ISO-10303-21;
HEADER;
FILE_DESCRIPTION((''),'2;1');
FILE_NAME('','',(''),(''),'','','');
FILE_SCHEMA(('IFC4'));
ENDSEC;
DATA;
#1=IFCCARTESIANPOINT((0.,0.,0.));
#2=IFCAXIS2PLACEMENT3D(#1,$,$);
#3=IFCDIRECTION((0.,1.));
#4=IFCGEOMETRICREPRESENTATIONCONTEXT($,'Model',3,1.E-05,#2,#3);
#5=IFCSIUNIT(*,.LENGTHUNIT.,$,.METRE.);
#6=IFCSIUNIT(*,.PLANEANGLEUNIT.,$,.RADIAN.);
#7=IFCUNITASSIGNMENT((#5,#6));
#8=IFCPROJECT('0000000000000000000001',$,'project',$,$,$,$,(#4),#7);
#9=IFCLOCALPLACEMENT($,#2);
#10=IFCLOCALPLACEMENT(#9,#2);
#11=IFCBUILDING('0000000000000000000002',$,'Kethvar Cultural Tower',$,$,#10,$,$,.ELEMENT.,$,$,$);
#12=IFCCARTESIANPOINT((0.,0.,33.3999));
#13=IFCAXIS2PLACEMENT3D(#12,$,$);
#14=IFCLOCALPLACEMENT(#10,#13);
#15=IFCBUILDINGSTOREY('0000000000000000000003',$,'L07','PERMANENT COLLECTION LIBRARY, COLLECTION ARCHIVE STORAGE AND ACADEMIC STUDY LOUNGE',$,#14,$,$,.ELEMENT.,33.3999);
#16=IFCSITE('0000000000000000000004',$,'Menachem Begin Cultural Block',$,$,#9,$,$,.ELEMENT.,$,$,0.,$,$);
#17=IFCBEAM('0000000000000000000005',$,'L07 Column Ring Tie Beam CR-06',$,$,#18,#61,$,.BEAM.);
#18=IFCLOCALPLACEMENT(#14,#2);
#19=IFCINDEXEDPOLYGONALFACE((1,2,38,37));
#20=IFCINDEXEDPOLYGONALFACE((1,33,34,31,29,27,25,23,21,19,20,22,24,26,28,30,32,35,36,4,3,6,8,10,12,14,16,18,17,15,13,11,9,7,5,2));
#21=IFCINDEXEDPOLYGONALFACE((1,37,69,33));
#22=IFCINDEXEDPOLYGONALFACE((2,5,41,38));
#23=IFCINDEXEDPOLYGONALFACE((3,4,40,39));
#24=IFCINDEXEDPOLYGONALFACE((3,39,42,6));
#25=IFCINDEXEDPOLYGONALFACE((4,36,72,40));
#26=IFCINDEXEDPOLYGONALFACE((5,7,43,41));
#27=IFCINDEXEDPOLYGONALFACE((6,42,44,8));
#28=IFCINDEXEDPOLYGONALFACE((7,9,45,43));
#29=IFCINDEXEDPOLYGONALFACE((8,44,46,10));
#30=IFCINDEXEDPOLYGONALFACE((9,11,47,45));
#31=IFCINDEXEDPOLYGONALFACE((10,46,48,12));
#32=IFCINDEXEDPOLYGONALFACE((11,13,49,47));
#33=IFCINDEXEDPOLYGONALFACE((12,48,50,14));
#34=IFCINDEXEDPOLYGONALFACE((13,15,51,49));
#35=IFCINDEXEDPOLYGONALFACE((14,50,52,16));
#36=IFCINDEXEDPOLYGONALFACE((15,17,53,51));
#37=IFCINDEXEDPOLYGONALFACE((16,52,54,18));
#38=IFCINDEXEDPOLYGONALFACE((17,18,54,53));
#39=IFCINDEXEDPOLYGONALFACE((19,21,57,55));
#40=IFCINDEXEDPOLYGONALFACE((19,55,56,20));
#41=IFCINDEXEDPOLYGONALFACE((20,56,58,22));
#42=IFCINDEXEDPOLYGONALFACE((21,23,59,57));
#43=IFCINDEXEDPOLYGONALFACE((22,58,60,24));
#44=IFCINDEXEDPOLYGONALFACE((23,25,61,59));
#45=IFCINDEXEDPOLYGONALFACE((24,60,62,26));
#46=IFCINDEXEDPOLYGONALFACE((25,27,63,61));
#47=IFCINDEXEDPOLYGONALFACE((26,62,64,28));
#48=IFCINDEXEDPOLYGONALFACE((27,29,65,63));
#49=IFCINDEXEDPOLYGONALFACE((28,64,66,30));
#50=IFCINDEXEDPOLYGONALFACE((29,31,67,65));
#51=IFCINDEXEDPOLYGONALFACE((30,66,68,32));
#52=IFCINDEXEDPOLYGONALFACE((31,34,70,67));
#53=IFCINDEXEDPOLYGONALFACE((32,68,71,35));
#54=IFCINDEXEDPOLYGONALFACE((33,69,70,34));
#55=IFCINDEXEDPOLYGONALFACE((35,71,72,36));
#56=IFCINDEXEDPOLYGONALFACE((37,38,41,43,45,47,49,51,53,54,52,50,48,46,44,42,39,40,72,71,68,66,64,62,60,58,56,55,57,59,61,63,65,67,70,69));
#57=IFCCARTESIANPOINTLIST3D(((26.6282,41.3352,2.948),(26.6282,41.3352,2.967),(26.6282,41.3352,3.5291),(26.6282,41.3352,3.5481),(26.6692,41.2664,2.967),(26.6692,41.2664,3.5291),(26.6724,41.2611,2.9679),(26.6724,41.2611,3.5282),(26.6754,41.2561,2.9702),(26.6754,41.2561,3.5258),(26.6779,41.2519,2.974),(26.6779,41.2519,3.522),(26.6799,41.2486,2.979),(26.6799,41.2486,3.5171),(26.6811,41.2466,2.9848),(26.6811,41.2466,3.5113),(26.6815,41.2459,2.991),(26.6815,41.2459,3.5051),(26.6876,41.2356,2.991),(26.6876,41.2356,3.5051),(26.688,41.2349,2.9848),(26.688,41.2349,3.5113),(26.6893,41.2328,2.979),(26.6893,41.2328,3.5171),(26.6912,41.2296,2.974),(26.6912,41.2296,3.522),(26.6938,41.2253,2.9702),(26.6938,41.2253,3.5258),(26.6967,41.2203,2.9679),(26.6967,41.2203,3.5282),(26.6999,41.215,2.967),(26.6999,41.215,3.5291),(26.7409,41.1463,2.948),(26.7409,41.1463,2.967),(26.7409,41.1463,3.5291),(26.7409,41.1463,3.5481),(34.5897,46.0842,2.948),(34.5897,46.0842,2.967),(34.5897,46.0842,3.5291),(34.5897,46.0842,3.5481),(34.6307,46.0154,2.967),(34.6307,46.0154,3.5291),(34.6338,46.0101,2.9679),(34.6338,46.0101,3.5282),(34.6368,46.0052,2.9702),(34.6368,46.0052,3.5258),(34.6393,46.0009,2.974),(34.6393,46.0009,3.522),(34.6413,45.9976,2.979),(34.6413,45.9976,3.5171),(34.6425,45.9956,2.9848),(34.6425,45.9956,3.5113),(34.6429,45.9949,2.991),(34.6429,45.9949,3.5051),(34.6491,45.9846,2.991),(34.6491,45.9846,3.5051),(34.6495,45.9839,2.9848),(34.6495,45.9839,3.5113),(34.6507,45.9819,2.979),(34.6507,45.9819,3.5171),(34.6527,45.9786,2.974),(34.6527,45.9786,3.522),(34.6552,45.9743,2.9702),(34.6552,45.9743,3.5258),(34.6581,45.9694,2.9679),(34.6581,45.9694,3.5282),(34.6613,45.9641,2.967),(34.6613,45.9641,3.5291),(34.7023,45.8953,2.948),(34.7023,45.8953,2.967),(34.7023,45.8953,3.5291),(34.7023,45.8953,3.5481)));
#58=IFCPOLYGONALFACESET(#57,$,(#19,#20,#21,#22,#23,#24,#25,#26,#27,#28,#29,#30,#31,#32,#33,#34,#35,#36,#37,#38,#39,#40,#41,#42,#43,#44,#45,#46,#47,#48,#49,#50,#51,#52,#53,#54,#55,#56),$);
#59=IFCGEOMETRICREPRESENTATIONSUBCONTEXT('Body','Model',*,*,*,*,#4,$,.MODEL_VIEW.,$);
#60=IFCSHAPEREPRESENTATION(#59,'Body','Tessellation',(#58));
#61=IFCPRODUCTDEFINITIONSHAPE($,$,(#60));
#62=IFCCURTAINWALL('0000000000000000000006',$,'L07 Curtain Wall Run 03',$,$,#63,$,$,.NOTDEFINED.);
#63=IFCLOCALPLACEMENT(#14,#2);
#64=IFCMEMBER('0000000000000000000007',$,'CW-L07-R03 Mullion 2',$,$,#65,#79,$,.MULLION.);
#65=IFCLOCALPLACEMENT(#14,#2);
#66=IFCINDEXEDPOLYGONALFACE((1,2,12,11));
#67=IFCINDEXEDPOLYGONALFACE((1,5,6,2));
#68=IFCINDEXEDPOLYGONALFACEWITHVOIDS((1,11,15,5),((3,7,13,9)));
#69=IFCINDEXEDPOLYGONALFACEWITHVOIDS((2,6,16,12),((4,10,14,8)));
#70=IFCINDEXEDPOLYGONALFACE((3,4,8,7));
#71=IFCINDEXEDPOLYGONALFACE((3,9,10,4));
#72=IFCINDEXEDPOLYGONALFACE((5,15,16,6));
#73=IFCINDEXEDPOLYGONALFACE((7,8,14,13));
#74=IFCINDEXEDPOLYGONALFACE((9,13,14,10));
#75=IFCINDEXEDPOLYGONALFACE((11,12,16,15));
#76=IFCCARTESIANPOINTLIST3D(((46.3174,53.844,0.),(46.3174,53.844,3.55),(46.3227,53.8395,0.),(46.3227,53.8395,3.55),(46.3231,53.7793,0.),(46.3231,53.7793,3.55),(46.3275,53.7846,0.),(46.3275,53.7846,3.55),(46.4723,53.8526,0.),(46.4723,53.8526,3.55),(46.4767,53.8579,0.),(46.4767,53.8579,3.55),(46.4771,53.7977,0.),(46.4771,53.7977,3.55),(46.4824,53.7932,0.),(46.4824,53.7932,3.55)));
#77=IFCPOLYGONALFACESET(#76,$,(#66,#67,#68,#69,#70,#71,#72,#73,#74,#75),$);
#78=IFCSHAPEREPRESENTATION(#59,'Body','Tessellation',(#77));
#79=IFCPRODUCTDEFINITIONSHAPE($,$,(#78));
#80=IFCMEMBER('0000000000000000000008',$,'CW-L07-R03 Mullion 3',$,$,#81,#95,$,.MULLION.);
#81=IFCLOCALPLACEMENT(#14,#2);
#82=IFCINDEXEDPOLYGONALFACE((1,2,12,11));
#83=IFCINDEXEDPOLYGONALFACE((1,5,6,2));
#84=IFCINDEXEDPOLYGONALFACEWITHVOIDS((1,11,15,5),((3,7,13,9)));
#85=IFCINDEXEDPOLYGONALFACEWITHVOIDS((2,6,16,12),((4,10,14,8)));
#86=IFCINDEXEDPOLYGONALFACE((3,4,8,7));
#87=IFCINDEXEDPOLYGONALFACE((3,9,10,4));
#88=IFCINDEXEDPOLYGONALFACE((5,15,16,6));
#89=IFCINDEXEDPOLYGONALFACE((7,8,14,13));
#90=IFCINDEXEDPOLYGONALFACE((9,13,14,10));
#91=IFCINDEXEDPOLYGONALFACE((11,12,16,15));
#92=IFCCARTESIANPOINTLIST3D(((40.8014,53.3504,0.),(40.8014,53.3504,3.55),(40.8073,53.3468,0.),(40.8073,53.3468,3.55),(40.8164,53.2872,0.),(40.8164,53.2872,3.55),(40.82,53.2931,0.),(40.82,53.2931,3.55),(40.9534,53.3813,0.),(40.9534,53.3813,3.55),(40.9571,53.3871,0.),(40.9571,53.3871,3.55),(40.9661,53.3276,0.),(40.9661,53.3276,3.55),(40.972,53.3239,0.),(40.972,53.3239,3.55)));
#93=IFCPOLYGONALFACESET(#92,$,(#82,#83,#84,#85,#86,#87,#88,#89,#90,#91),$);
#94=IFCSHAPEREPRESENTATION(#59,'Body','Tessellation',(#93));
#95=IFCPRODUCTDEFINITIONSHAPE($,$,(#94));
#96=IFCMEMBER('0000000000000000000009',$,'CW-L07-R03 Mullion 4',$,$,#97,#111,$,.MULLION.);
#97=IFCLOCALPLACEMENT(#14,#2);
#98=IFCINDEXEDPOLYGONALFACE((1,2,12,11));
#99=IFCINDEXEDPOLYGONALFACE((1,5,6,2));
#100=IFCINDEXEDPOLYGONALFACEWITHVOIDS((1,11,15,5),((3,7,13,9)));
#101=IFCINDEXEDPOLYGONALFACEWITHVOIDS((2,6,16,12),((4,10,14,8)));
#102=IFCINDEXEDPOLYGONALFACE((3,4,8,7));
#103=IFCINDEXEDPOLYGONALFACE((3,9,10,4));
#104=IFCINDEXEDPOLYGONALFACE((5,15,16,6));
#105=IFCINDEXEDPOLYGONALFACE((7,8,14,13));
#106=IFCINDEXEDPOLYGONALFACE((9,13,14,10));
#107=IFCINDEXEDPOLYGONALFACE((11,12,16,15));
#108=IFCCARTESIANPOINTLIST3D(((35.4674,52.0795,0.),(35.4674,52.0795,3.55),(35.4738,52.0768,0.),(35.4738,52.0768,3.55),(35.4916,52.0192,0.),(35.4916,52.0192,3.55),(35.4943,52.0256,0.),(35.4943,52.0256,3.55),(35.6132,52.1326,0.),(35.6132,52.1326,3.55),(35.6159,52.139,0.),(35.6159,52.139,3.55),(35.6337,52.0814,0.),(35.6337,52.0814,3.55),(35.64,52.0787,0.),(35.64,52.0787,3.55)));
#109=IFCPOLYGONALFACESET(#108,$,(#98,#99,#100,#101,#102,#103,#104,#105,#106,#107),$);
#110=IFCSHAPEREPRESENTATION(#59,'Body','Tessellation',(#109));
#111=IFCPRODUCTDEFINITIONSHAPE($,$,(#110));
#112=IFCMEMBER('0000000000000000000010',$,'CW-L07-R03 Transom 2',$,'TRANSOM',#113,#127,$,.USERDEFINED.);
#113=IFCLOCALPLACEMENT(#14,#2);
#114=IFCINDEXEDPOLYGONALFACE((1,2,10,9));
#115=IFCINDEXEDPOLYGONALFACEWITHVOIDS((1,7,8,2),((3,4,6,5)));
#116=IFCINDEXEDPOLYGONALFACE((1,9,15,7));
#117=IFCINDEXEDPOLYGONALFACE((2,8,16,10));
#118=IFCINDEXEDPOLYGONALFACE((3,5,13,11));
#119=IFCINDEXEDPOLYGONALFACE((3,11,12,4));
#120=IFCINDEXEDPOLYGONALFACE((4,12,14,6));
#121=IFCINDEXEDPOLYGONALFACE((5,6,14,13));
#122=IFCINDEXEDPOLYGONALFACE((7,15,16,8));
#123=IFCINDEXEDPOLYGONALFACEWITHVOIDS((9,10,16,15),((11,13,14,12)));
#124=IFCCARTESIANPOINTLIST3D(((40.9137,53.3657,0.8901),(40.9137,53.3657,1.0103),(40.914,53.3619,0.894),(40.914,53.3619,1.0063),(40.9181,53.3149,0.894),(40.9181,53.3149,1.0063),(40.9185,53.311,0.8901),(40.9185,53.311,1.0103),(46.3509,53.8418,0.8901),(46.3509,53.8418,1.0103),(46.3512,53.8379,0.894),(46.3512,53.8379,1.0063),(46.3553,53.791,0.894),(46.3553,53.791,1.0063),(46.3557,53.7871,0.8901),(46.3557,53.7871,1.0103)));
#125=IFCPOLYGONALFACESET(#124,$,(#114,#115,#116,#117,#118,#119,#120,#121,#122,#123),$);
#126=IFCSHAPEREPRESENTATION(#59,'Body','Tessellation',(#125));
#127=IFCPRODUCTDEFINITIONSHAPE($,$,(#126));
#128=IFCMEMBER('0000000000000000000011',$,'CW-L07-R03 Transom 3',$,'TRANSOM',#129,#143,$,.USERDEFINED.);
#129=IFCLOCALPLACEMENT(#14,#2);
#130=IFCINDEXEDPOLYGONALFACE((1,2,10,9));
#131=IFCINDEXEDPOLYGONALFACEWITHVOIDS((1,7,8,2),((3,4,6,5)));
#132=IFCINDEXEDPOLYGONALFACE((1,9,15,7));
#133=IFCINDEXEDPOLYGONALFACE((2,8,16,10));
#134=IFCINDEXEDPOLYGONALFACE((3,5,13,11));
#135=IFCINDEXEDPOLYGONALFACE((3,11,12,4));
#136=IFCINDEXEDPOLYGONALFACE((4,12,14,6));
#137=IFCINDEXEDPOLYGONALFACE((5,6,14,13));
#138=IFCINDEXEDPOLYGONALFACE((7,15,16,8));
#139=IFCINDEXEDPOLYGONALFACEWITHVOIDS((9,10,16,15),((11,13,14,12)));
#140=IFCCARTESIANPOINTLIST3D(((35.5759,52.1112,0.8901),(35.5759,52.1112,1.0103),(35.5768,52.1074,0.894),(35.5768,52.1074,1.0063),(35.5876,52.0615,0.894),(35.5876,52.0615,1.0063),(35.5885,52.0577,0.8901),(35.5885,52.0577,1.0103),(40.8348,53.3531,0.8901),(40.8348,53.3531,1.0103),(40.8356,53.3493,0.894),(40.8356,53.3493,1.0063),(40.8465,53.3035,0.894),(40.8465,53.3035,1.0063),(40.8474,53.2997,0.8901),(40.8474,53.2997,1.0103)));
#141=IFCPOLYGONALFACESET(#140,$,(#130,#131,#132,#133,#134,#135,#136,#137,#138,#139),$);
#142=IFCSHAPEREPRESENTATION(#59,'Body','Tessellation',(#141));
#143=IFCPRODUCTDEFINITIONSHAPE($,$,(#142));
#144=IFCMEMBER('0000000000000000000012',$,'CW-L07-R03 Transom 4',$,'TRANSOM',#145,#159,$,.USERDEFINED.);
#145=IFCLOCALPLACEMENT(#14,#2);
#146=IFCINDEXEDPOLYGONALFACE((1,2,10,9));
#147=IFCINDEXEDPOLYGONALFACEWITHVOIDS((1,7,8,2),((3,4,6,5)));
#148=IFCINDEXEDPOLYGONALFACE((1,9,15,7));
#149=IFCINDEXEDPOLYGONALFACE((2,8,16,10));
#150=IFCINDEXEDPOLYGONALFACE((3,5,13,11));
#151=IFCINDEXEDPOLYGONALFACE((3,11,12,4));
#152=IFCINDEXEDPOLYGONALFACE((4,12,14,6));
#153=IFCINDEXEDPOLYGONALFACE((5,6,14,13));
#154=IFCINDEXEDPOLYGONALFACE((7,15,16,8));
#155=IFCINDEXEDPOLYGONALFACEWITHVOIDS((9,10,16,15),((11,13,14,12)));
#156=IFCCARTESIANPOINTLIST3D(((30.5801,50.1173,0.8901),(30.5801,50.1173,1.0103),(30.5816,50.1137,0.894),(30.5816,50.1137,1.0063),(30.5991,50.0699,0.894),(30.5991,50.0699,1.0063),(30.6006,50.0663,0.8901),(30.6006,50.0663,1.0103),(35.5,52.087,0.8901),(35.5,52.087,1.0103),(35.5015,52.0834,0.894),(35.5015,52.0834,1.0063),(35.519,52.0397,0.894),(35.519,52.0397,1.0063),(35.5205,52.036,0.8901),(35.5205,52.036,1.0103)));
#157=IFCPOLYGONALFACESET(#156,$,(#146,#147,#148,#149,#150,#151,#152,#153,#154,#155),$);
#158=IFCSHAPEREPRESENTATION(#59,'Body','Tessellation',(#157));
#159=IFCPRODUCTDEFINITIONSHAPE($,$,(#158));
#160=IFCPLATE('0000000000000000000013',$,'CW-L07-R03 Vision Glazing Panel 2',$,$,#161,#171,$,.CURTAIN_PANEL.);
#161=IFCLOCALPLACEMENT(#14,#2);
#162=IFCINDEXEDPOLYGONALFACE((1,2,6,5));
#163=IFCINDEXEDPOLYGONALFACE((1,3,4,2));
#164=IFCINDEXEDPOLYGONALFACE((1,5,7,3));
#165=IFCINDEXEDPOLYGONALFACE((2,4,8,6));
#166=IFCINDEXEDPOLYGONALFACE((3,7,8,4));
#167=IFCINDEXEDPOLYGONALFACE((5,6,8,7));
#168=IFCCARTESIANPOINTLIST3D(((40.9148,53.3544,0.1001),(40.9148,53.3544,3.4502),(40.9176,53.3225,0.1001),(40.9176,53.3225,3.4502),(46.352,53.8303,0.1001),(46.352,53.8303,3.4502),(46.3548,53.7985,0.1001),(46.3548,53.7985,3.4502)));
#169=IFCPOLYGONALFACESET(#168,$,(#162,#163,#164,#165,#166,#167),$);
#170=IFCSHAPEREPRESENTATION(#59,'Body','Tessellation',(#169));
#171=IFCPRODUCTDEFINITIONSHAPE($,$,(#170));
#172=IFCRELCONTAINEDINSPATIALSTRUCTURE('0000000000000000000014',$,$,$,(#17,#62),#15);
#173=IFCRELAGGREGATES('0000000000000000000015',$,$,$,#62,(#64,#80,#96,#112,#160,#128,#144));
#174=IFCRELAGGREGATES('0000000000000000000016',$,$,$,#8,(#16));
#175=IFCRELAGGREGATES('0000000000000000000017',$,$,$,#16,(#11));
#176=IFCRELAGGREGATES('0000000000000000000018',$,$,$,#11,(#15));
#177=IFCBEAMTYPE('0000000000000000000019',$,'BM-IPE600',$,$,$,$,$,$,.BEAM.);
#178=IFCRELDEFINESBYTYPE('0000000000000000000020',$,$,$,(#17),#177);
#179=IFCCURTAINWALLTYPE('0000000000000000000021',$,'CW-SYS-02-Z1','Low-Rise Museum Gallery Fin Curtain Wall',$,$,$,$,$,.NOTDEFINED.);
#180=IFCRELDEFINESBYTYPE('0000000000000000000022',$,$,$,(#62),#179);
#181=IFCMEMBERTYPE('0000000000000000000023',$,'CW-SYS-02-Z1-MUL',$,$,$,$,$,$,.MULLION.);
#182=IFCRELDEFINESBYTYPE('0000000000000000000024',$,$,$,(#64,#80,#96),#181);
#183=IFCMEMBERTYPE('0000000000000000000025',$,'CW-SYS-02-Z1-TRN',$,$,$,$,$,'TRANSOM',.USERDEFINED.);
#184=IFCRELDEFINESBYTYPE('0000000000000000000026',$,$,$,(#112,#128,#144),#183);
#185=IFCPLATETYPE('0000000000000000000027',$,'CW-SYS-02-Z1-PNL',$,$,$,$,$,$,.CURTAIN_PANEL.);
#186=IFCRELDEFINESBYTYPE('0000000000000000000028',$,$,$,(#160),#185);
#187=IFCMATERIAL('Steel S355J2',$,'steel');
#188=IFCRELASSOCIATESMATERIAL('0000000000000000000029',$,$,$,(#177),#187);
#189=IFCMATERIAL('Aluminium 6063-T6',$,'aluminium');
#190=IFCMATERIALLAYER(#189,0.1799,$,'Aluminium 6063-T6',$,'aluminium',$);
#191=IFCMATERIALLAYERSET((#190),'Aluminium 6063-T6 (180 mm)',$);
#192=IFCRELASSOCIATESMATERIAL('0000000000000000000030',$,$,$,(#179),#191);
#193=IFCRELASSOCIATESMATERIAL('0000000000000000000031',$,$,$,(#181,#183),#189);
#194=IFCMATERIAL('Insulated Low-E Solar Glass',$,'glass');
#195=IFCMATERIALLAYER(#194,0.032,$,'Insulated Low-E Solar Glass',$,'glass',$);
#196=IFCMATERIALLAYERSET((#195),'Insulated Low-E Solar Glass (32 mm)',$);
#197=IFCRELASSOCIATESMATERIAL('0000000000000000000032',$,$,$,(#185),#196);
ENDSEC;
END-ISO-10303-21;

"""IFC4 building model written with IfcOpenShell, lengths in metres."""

from ifc_helpers import new_model, si_unit, direction, frame, origin, origin_2d, place, context, subcontext, project, spatial, rectangle, hollow_rectangle, i_section, extrude, source, transform, mapped, material, layer, layer_set, material_profile, profile_set, type_object, element, aggregate, save


model = new_model("IFC4")

# Units and contexts
model_context = context("Model", 3, precision=1e-05, world=origin(), true_north=direction((0.0, 1.0)))
body_context = subcontext(model_context, "Body", "Model", "MODEL_VIEW")
ifc_project = project(units=[si_unit("LENGTHUNIT", "METRE"), si_unit("PLANEANGLEUNIT", "RADIAN")], contexts=[model_context])

# Site, building, storey
site_placement = place(None, origin())
site = spatial("IfcSite", under=ifc_project, at=site_placement, Name="Menachem Begin Cultural Block", CompositionType="ELEMENT", RefElevation=0.0)
building_placement = place(site_placement, origin())
building = spatial("IfcBuilding", under=site, at=building_placement, Name="Kethvar Cultural Tower", CompositionType="ELEMENT")
storey_placement = place(building_placement, frame((0.0, 0.0, 33.3999)))
storey = spatial("IfcBuildingStorey", under=building, at=storey_placement, Name="L07", Description="PERMANENT COLLECTION LIBRARY, COLLECTION ARCHIVE STORAGE AND ACADEMIC STUDY LOUNGE", CompositionType="ELEMENT", Elevation=33.3999)

# Beam
ifc_material_1 = material(Name="Steel S355J2", Category="steel")
ifc_material_profile_1 = material_profile(ifc_material_1, i_section(OverallWidth=0.22, OverallDepth=0.6001, WebThickness=0.012, FlangeThickness=0.019, FilletRadius=0.0239, at=origin_2d()), Name="Steel S355J2 — IPE600")
ifc_profile_set_1 = profile_set([ifc_material_profile_1], Name="Steel S355J2 — IPE600")
beam_type_1 = type_object("IfcBeamType", Name="BM-IPE600", PredefinedType="BEAM", material=ifc_profile_set_1)
shared_shape_1 = source(origin(), body_context, "Body", "SweptSolid", [
    extrude(i_section(OverallWidth=0.22, OverallDepth=0.6001, WebThickness=0.012, FlangeThickness=0.019, FilletRadius=0.0239, at=origin_2d()), origin(), (0.0, 0.0, 1.0), 9.2703),
])
beam_1_placement = place(storey_placement, frame((34.646, 45.9897, 3.248), z_axis=(-0.858815, -0.512286, 0.0), x_axis=(0.512286, -0.858815, 0.0)))
element("IfcBeam", 1, at=beam_1_placement, inside=storey, type_object=beam_type_1, Name="L07 Column Ring Tie Beam CR-06", PredefinedType="BEAM", context=body_context, shape_type="MappedRepresentation", body=[
    mapped(shared_shape_1, transform((0.0, 0.0, 0.0), scale=1.0)),
])

# Curtain wall, members, plate
ifc_material_2 = material(Name="Aluminium 6063-T6", Category="aluminium")
ifc_layer_1 = layer(ifc_material_2, 0.1799, Name="Aluminium 6063-T6", Category="aluminium")
ifc_layer_set_1 = layer_set([ifc_layer_1], Name="Aluminium 6063-T6 (180 mm)")
curtain_wall_type = type_object("IfcCurtainWallType", Name="CW-SYS-02-Z1", Description="Low-Rise Museum Gallery Fin Curtain Wall", PredefinedType="NOTDEFINED", material=ifc_layer_set_1)
curtain_wall_placement = place(storey_placement, origin())
curtain_wall = element("IfcCurtainWall", 2, at=curtain_wall_placement, inside=storey, type_object=curtain_wall_type, Name="L07 Curtain Wall Run 03", PredefinedType="NOTDEFINED")
ifc_material_profile_2 = material_profile(ifc_material_2, hollow_rectangle(XDim=0.0649, YDim=0.1599, WallThickness=0.0049, at=origin_2d()), Name="Aluminium 6063-T6 — RHS160x65x5")
ifc_profile_set_2 = profile_set([ifc_material_profile_2], Name="Aluminium 6063-T6 — RHS160x65x5")
member_type_1 = type_object("IfcMemberType", Name="CW-SYS-02-Z1-MUL", PredefinedType="MULLION", material=ifc_profile_set_2)
shared_shape_2 = source(origin(), body_context, "Body", "SweptSolid", [
    extrude(hollow_rectangle(XDim=0.0649, YDim=0.1599, WallThickness=0.0049, at=origin_2d()), origin(), (0.0, 0.0, 1.0), 3.55),
])
member_1_placement = place(storey_placement, frame((46.3999, 53.8186, 0.0), z_axis=(0.0, 0.0, 1.0), x_axis=(0.087208, -0.99619, 0.0)))
member_1 = element("IfcMember", 3, at=member_1_placement, type_object=member_type_1, Name="CW-L07-R03 Mullion 2", PredefinedType="MULLION", context=body_context, shape_type="MappedRepresentation", body=[
    mapped(shared_shape_2, transform((0.0, 0.0, 0.0), scale=1.0)),
])
member_2_placement = place(storey_placement, frame((40.8867, 53.3372, 0.0), z_axis=(0.0, 0.0, 1.0), x_axis=(0.229846, -0.973227, 0.0)))
member_2 = element("IfcMember", 4, at=member_2_placement, type_object=member_type_1, Name="CW-L07-R03 Mullion 3", PredefinedType="MULLION", context=body_context, shape_type="MappedRepresentation", body=[
    mapped(shared_shape_2, transform((0.0, 0.0, 0.0), scale=1.0)),
])
member_3_placement = place(storey_placement, frame((35.5537, 52.0791, 0.0), z_axis=(0.0, 0.0, 1.0), x_axis=(0.371708, -0.92835, 0.0)))
member_3 = element("IfcMember", 5, at=member_3_placement, type_object=member_type_1, Name="CW-L07-R03 Mullion 4", PredefinedType="MULLION", context=body_context, shape_type="MappedRepresentation", body=[
    mapped(shared_shape_2, transform((0.0, 0.0, 0.0), scale=1.0)),
])
ifc_material_profile_3 = material_profile(ifc_material_2, hollow_rectangle(XDim=0.0549, YDim=0.1201, WallThickness=0.0039, at=origin_2d()), Name="Aluminium 6063-T6 — RHS120x55x4")
ifc_profile_set_3 = profile_set([ifc_material_profile_3], Name="Aluminium 6063-T6 — RHS120x55x4")
member_type_2 = type_object("IfcMemberType", Name="CW-SYS-02-Z1-TRN", ElementType="TRANSOM", PredefinedType="USERDEFINED", material=ifc_profile_set_3)
shared_shape_3 = source(origin(), body_context, "Body", "SweptSolid", [
    extrude(hollow_rectangle(XDim=0.0549, YDim=0.1201, WallThickness=0.0039, at=origin_2d()), origin(), (0.0, 0.0, 1.0), 5.458),
])
member_4_placement = place(storey_placement, frame((46.3533, 53.8145, 0.9502), z_axis=(-0.996189, -0.087224, 0.0), x_axis=(0.087224, -0.996189, 0.0)))
member_4 = element("IfcMember", 6, at=member_4_placement, type_object=member_type_2, Name="CW-L07-R03 Transom 2", ObjectType="TRANSOM", PredefinedType="USERDEFINED", context=body_context, shape_type="MappedRepresentation", body=[
    mapped(shared_shape_3, transform((0.0, 0.0, 0.0), scale=1.0)),
])
shared_shape_4 = source(origin(), body_context, "Body", "SweptSolid", [
    extrude(hollow_rectangle(XDim=0.0549, YDim=0.1201, WallThickness=0.0039, at=origin_2d()), origin(), (0.0, 0.0, 1.0), 5.4036),
])
member_5_placement = place(storey_placement, frame((40.8411, 53.3264, 0.9502), z_axis=(-0.973228, -0.229843, 0.0), x_axis=(0.229843, -0.973228, 0.0)))
member_5 = element("IfcMember", 7, at=member_5_placement, type_object=member_type_2, Name="CW-L07-R03 Transom 3", ObjectType="TRANSOM", PredefinedType="USERDEFINED", context=body_context, shape_type="MappedRepresentation", body=[
    mapped(shared_shape_4, transform((0.0, 0.0, 0.0), scale=1.0)),
])
shared_shape_5 = source(origin(), body_context, "Body", "SweptSolid", [
    extrude(hollow_rectangle(XDim=0.0549, YDim=0.1201, WallThickness=0.0039, at=origin_2d()), origin(), (0.0, 0.0, 1.0), 5.2996),
])
member_6_placement = place(storey_placement, frame((35.5103, 52.0615, 0.9502), z_axis=(-0.928362, -0.371677, 0.0), x_axis=(0.371677, -0.928362, 0.0)))
member_6 = element("IfcMember", 8, at=member_6_placement, type_object=member_type_2, Name="CW-L07-R03 Transom 4", ObjectType="TRANSOM", PredefinedType="USERDEFINED", context=body_context, shape_type="MappedRepresentation", body=[
    mapped(shared_shape_5, transform((0.0, 0.0, 0.0), scale=1.0)),
])
ifc_material_3 = material(Name="Insulated Low-E Solar Glass", Category="glass")
ifc_layer_2 = layer(ifc_material_3, 0.032, Name="Insulated Low-E Solar Glass", Category="glass")
ifc_layer_set_2 = layer_set([ifc_layer_2], Name="Insulated Low-E Solar Glass (32 mm)")
plate_type = type_object("IfcPlateType", Name="CW-SYS-02-Z1-PNL", PredefinedType="CURTAIN_PANEL", material=ifc_layer_set_2)
shared_shape_6 = source(origin(), body_context, "Body", "SweptSolid", [
    extrude(rectangle(XDim=5.458, YDim=0.032, at=origin_2d()), origin(), (0.0, 0.0, 1.0), 3.3501),
])
plate_1_placement = place(storey_placement, frame((43.6348, 53.5764, 0.1001), z_axis=(0.0, 0.0, 1.0), x_axis=(-0.99619, -0.087208, 0.0)))
plate_1 = element("IfcPlate", 9, at=plate_1_placement, type_object=plate_type, Name="CW-L07-R03 Vision Glazing Panel 2", PredefinedType="CURTAIN_PANEL", context=body_context, shape_type="MappedRepresentation", body=[
    mapped(shared_shape_6, transform((0.0, 0.0, 0.0), scale=1.0)),
])
aggregate(curtain_wall, [member_1, member_2, member_3, member_4, plate_1, member_5, member_6])

save(model, "model.ifc")
